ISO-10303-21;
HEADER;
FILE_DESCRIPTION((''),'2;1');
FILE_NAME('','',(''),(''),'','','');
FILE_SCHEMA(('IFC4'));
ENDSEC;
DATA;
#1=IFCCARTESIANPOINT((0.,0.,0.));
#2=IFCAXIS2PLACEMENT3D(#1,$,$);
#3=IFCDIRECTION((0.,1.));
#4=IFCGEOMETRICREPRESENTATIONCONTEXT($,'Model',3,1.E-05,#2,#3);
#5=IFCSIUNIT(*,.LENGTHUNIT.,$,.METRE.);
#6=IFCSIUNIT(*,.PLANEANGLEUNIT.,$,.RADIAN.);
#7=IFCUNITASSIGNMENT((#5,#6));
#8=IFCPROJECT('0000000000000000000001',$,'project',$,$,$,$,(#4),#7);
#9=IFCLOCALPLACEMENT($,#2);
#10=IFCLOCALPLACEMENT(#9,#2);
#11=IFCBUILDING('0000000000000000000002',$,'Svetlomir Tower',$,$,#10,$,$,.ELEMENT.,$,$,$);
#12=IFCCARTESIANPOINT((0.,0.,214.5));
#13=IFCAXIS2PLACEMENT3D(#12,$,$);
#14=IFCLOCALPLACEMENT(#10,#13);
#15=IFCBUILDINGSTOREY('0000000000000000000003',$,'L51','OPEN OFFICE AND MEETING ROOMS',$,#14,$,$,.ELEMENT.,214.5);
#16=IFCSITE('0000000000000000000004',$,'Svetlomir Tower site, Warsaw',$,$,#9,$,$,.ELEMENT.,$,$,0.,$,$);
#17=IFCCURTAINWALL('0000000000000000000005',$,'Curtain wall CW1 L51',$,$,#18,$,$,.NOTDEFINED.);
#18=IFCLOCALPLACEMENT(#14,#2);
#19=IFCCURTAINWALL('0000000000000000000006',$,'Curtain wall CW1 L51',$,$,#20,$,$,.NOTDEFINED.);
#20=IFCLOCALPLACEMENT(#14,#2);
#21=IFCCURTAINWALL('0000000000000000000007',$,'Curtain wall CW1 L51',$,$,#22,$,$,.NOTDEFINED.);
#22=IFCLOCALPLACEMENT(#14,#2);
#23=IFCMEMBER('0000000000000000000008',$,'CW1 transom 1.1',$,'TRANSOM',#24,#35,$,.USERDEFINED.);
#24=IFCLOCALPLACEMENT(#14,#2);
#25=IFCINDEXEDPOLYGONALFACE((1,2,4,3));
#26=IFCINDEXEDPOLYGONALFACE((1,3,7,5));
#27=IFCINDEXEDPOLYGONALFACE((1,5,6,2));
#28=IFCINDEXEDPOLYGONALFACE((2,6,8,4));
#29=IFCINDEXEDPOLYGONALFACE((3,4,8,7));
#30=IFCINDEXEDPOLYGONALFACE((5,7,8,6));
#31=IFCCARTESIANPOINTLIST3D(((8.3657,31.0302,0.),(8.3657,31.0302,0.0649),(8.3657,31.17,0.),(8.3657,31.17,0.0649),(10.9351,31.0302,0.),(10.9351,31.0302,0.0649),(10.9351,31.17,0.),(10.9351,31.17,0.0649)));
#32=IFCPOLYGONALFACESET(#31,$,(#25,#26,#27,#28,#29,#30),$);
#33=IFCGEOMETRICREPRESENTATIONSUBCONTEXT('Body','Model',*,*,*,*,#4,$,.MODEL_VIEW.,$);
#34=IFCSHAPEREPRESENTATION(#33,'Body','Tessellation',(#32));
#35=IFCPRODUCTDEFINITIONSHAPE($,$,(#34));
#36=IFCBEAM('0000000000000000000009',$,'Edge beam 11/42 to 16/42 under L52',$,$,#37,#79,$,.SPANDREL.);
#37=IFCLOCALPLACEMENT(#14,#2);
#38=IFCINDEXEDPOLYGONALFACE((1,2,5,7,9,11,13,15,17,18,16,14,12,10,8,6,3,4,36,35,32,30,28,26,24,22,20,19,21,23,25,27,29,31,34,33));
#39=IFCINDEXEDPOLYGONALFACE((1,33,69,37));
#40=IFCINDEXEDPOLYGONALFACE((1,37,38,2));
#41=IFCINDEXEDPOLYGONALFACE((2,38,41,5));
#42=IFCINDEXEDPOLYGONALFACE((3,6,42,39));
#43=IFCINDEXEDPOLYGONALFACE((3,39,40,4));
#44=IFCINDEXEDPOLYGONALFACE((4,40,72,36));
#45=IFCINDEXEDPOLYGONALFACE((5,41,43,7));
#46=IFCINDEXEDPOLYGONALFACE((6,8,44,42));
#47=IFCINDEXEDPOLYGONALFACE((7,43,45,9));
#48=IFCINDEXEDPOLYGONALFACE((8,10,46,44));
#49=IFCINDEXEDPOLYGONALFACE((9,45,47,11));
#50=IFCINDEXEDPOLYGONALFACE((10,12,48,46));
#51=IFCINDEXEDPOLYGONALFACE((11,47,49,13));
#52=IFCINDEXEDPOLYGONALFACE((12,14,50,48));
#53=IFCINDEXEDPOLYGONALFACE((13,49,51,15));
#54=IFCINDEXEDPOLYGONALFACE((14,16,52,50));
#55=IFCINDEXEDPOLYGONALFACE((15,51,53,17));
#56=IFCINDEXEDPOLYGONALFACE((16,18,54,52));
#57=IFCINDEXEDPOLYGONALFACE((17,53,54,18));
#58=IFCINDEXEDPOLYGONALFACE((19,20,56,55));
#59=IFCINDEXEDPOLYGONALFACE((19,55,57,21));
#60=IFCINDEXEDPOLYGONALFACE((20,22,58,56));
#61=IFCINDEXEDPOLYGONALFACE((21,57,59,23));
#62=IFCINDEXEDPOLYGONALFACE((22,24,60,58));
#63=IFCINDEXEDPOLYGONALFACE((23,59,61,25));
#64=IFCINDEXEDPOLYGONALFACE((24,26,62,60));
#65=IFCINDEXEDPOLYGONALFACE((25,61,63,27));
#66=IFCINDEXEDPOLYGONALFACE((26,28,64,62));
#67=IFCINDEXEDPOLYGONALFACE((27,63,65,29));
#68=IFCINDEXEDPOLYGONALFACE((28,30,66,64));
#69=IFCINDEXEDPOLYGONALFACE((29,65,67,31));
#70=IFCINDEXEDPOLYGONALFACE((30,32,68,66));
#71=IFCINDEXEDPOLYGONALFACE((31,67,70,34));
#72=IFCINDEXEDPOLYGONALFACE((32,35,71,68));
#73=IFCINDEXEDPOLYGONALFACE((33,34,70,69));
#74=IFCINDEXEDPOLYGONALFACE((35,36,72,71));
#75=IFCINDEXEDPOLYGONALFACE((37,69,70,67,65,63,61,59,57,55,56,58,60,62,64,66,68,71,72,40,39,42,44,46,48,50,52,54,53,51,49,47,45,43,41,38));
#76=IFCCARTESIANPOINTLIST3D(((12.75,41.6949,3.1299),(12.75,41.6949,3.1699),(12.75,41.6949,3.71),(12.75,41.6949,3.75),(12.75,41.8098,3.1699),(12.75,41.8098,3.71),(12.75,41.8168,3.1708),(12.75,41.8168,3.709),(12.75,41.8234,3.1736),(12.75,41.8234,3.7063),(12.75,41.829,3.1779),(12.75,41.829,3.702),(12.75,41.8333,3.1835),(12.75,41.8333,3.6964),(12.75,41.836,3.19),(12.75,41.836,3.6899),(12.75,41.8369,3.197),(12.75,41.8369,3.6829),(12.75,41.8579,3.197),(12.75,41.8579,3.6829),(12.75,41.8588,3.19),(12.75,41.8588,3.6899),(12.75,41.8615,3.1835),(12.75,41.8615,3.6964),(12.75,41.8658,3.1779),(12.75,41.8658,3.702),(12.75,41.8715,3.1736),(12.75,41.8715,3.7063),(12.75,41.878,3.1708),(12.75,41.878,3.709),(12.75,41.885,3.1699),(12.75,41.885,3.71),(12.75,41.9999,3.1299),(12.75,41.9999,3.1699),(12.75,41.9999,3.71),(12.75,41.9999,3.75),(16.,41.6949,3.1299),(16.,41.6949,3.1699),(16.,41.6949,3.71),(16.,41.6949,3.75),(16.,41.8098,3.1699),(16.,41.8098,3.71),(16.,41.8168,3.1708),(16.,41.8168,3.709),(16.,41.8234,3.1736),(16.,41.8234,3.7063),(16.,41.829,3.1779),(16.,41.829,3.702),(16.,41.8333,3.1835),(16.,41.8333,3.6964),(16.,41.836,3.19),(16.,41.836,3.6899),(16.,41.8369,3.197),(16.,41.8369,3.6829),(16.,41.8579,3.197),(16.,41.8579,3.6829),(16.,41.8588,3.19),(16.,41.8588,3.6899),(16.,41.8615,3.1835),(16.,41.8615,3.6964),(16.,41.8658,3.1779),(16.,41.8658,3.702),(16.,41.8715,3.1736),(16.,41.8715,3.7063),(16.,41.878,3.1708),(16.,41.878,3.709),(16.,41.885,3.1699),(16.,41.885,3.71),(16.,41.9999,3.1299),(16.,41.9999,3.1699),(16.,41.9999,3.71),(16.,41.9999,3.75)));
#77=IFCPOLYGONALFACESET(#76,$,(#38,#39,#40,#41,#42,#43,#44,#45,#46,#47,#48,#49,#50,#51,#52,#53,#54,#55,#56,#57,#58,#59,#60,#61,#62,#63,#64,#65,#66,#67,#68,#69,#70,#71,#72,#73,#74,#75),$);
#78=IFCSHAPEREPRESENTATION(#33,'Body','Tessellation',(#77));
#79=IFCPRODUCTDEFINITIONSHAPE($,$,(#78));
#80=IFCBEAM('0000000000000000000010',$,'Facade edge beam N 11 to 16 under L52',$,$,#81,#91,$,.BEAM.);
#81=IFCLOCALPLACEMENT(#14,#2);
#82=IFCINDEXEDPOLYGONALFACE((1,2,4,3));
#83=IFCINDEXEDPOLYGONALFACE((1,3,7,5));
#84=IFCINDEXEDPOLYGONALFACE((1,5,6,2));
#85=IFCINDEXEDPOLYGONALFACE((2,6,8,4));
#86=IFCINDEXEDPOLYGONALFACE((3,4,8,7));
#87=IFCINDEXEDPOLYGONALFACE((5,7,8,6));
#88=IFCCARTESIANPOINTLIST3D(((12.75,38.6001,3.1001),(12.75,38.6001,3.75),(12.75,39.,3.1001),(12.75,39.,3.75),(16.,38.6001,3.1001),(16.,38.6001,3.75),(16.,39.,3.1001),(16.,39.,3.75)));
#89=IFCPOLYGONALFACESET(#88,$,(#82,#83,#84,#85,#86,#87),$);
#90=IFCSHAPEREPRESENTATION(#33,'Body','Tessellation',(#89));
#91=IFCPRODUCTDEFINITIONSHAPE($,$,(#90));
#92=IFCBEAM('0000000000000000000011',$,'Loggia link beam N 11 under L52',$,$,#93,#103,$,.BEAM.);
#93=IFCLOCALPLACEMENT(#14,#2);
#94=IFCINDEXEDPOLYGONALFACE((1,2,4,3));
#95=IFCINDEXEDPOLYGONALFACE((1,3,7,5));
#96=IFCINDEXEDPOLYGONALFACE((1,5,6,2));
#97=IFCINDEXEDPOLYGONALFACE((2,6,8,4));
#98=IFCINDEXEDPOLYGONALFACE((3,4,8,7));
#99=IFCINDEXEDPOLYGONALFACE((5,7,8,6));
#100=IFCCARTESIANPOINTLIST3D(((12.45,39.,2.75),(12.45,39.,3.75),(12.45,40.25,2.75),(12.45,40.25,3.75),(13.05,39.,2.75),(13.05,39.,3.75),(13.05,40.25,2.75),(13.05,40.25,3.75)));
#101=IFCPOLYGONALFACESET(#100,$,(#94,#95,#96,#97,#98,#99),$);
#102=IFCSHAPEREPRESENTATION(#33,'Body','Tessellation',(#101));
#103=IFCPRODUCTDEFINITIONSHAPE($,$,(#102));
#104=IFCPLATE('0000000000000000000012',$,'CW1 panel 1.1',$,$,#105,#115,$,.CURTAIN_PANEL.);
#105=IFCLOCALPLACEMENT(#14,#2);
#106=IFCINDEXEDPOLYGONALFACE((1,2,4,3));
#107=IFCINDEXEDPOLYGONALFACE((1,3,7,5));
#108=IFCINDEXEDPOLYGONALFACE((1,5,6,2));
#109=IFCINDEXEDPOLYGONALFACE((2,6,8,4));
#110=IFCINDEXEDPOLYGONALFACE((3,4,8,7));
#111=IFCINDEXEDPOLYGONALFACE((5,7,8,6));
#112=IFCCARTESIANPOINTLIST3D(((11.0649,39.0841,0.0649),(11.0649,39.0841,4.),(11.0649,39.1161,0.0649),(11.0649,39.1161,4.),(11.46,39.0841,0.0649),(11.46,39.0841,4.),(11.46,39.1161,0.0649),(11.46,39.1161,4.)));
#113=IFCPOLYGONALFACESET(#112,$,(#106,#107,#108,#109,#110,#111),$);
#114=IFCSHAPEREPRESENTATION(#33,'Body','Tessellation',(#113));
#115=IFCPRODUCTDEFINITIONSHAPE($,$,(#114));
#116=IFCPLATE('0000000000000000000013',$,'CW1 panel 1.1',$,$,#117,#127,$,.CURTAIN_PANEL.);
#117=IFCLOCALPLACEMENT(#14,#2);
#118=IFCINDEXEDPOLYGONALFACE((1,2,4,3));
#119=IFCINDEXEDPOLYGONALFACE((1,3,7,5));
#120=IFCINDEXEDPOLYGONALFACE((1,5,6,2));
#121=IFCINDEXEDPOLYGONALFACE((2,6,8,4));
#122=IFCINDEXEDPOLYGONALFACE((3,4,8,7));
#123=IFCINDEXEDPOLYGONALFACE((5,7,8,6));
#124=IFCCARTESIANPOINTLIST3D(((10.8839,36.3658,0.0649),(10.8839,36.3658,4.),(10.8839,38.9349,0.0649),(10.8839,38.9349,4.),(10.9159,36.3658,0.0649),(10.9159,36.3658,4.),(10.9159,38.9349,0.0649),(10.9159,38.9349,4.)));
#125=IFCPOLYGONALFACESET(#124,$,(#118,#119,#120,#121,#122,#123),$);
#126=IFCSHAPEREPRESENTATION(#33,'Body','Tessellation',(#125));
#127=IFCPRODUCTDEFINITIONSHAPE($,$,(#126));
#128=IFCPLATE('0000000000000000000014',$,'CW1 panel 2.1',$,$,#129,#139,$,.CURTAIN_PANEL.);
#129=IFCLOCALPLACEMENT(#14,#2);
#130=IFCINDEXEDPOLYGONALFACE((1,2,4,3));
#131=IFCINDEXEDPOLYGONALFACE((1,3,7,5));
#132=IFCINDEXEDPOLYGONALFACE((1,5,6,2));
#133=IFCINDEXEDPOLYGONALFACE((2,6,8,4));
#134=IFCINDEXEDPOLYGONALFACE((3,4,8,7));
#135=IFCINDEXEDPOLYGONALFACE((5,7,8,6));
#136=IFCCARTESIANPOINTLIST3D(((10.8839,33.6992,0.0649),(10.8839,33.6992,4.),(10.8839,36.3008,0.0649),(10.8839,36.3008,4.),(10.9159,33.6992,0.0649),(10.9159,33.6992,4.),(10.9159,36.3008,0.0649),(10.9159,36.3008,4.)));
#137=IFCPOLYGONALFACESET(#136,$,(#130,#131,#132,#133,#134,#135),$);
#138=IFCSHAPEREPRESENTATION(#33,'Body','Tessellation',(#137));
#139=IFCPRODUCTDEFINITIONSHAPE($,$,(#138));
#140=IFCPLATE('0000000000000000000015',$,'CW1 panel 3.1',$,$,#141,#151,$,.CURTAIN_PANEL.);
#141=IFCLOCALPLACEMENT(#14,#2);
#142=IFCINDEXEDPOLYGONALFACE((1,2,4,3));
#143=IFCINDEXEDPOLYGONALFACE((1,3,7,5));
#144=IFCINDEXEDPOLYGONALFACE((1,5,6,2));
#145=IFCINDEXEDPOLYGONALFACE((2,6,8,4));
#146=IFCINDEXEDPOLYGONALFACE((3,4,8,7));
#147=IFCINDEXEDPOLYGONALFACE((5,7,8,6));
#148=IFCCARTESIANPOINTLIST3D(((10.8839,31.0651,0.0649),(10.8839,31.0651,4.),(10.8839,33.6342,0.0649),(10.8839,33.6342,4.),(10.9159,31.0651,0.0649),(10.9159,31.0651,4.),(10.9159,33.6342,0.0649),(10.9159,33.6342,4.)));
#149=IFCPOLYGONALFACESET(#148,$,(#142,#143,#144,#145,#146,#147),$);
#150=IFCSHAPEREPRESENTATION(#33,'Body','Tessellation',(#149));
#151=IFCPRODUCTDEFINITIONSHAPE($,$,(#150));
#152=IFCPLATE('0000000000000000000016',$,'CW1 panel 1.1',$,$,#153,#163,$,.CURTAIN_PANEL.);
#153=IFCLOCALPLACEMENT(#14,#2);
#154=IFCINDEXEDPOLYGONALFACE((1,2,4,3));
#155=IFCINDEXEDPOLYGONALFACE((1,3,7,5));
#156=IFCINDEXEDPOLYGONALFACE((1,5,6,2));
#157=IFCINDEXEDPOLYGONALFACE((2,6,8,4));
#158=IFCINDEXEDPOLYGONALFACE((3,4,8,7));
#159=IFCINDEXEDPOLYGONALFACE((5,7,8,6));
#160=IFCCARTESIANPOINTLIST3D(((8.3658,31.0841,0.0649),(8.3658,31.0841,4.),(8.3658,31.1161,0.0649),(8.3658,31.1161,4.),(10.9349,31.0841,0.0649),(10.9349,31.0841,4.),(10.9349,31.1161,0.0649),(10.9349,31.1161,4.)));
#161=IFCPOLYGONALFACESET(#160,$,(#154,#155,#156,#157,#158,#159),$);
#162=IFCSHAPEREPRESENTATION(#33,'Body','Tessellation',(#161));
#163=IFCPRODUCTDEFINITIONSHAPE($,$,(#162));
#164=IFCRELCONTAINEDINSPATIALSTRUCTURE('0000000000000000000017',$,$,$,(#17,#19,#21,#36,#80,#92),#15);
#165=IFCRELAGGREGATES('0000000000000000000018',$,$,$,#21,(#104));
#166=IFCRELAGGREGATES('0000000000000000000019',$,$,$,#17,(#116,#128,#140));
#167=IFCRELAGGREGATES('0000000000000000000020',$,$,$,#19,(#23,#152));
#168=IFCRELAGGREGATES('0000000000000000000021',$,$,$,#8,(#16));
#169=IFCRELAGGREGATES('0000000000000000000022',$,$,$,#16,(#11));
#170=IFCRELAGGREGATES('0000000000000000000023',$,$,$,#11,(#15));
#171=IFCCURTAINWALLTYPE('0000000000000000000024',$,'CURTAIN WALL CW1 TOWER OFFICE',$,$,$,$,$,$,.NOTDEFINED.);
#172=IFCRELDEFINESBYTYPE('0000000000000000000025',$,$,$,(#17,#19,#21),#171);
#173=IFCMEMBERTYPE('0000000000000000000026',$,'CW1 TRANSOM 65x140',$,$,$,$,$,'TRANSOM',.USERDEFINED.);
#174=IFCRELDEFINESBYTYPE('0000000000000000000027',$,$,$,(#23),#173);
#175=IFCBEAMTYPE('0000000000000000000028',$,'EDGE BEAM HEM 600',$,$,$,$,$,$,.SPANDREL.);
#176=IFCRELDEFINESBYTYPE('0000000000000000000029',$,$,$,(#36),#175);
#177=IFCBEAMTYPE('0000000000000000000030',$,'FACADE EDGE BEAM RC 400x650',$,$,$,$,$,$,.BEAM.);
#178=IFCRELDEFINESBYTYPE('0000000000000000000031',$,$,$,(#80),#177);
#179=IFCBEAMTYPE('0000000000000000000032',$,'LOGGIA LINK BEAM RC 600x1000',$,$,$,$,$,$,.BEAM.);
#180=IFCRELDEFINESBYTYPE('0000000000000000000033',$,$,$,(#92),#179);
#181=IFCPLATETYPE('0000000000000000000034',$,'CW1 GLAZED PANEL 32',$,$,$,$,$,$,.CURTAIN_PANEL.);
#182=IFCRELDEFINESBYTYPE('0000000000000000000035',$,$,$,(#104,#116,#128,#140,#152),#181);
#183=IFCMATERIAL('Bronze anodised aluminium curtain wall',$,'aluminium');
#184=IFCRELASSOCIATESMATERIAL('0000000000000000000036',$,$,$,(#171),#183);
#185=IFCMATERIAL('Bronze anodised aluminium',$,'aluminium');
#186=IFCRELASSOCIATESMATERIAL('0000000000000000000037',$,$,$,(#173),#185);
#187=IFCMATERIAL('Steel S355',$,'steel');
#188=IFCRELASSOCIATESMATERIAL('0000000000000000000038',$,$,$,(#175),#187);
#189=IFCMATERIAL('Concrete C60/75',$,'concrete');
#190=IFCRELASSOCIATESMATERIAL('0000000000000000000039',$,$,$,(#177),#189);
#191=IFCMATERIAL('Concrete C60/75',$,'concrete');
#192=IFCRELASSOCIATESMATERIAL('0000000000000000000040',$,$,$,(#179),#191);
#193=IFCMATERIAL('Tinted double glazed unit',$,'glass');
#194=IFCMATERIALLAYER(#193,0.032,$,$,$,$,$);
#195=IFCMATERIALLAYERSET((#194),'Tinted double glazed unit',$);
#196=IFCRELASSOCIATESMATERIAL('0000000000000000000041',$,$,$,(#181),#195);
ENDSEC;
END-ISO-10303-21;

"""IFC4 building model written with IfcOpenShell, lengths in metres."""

from ifc_helpers import new_model, si_unit, direction, frame, origin, origin_2d, place, context, subcontext, project, spatial, rectangle, i_section, extrude, material, layer, layer_set, material_profile, profile_set, type_object, element, aggregate, save


model = new_model("IFC4")

# Units and contexts
model_context = context("Model", 3, precision=1e-05, world=origin(), true_north=direction((0.0, 1.0)))
body_context = subcontext(model_context, "Body", "Model", "MODEL_VIEW")
ifc_project = project(units=[si_unit("LENGTHUNIT", "METRE"), si_unit("PLANEANGLEUNIT", "RADIAN")], contexts=[model_context])

# Site, building, storey
site_placement = place(None, origin())
site = spatial("IfcSite", under=ifc_project, at=site_placement, Name="Svetlomir Tower site, Warsaw", CompositionType="ELEMENT", RefElevation=0.0)
building_placement = place(site_placement, origin())
building = spatial("IfcBuilding", under=site, at=building_placement, Name="Svetlomir Tower", CompositionType="ELEMENT")
storey_placement = place(building_placement, frame((0.0, 0.0, 214.5)))
storey = spatial("IfcBuildingStorey", under=building, at=storey_placement, Name="L51", Description="OPEN OFFICE AND MEETING ROOMS", CompositionType="ELEMENT", Elevation=214.5)

# Curtain walls
ifc_material_1 = material(Name="Bronze anodised aluminium curtain wall", Category="aluminium")
curtain_wall_type = type_object("IfcCurtainWallType", Name="CURTAIN WALL CW1 TOWER OFFICE", PredefinedType="NOTDEFINED", material=ifc_material_1)
curtain_wall_1_placement = place(storey_placement, origin())
curtain_wall_1 = element("IfcCurtainWall", 1, at=curtain_wall_1_placement, inside=storey, type_object=curtain_wall_type, Name="Curtain wall CW1 L51", PredefinedType="NOTDEFINED")
curtain_wall_2_placement = place(storey_placement, origin())
curtain_wall_2 = element("IfcCurtainWall", 2, at=curtain_wall_2_placement, inside=storey, type_object=curtain_wall_type, Name="Curtain wall CW1 L51", PredefinedType="NOTDEFINED")

# Curtain wall
curtain_wall_3_placement = place(storey_placement, origin())
curtain_wall_3 = element("IfcCurtainWall", 3, at=curtain_wall_3_placement, inside=storey, type_object=curtain_wall_type, Name="Curtain wall CW1 L51", PredefinedType="NOTDEFINED")

# Member
ifc_material_2 = material(Name="Bronze anodised aluminium", Category="aluminium")
ifc_material_profile_1 = material_profile(ifc_material_2, rectangle(XDim=0.1399, YDim=0.0649, at=origin_2d()), Name="AL 140x65")
ifc_profile_set_1 = profile_set([ifc_material_profile_1], Name="Bronze anodised aluminium 6063-T6")
member_type_1 = type_object("IfcMemberType", Name="CW1 TRANSOM 65x140", ElementType="TRANSOM", PredefinedType="USERDEFINED", material=ifc_profile_set_1)
member_1_placement = place(storey_placement, frame((10.9351, 31.1001, 0.0325), z_axis=(-1.0, 0.0, 0.0), x_axis=(0.0, -1.0, 0.0)))
member_1 = element("IfcMember", 4, at=member_1_placement, type_object=member_type_1, Name="CW1 transom 1.1", ObjectType="TRANSOM", PredefinedType="USERDEFINED", context=body_context, shape_type="SweptSolid", body=[
    extrude(rectangle(XDim=0.1399, YDim=0.0649, at=origin_2d()), origin(), (0.0, 0.0, 1.0), 2.5693),
])

# Beams
ifc_material_3 = material(Name="Steel S355", Category="steel")
ifc_material_profile_2 = material_profile(ifc_material_3, i_section(OverallWidth=0.3049, OverallDepth=0.6201, WebThickness=0.021, FlangeThickness=0.04, FilletRadius=0.0271, at=origin_2d()), Name="HEM 600")
ifc_profile_set_2 = profile_set([ifc_material_profile_2], Name="Steel S355")
beam_type_1 = type_object("IfcBeamType", Name="EDGE BEAM HEM 600", PredefinedType="SPANDREL", material=ifc_profile_set_2)
beam_1_placement = place(storey_placement, frame((12.75, 41.8474, 3.4399), z_axis=(1.0, 0.0, 0.0), x_axis=(0.0, 1.0, 0.0)))
element("IfcBeam", 5, at=beam_1_placement, inside=storey, type_object=beam_type_1, Name="Edge beam 11/42 to 16/42 under L52", PredefinedType="SPANDREL", context=body_context, shape_type="SweptSolid", body=[
    extrude(i_section(OverallWidth=0.3049, OverallDepth=0.6201, WebThickness=0.021, FlangeThickness=0.04, FilletRadius=0.0271, at=origin_2d()), origin(), (0.0, 0.0, 1.0), 3.25),
])
ifc_material_4 = material(Name="Concrete C60/75", Category="concrete")
ifc_material_profile_3 = material_profile(ifc_material_4, rectangle(XDim=0.3999, YDim=0.6499, at=origin_2d()), Name="RC 400x650")
ifc_profile_set_3 = profile_set([ifc_material_profile_3], Name="Concrete C60/75")
beam_type_2 = type_object("IfcBeamType", Name="FACADE EDGE BEAM RC 400x650", PredefinedType="BEAM", material=ifc_profile_set_3)
beam_2_placement = place(storey_placement, frame((12.75, 38.8, 3.425), z_axis=(1.0, 0.0, 0.0), x_axis=(0.0, 1.0, 0.0)))
element("IfcBeam", 6, at=beam_2_placement, inside=storey, type_object=beam_type_2, Name="Facade edge beam N 11 to 16 under L52", PredefinedType="BEAM", context=body_context, shape_type="SweptSolid", body=[
    extrude(rectangle(XDim=0.3999, YDim=0.6499, at=origin_2d()), origin(), (0.0, 0.0, 1.0), 3.25),
])
ifc_material_5 = material(Name="Concrete C60/75", Category="concrete")
ifc_material_profile_4 = material_profile(ifc_material_5, rectangle(XDim=0.6001, YDim=1.0, at=origin_2d()), Name="RC 600x1000")
ifc_profile_set_4 = profile_set([ifc_material_profile_4], Name="Concrete C60/75")
beam_type_3 = type_object("IfcBeamType", Name="LOGGIA LINK BEAM RC 600x1000", PredefinedType="BEAM", material=ifc_profile_set_4)
beam_3_placement = place(storey_placement, frame((12.75, 40.25, 3.25), z_axis=(0.0, -1.0, 0.0), x_axis=(1.0, 0.0, 0.0)))
element("IfcBeam", 7, at=beam_3_placement, inside=storey, type_object=beam_type_3, Name="Loggia link beam N 11 under L52", PredefinedType="BEAM", context=body_context, shape_type="SweptSolid", body=[
    extrude(rectangle(XDim=0.6001, YDim=1.0, at=origin_2d()), origin(), (0.0, 0.0, 1.0), 1.25),
])

# Plates
ifc_material_6 = material(Name="Tinted double glazed unit", Category="glass")
ifc_layer_1 = layer(ifc_material_6, 0.032)
ifc_layer_set_1 = layer_set([ifc_layer_1], Name="Tinted double glazed unit")
plate_type = type_object("IfcPlateType", Name="CW1 GLAZED PANEL 32", PredefinedType="CURTAIN_PANEL", material=ifc_layer_set_1)
plate_1_placement = place(storey_placement, frame((11.2625, 39.1001, 0.0649), z_axis=(0.0, 0.0, 1.0), x_axis=(-1.0, 0.0, 0.0)))
plate_1 = element("IfcPlate", 8, at=plate_1_placement, type_object=plate_type, Name="CW1 panel 1.1", PredefinedType="CURTAIN_PANEL", context=body_context, shape_type="SweptSolid", body=[
    extrude(rectangle(XDim=0.395, YDim=0.032, at=origin_2d()), origin(), (0.0, 0.0, 1.0), 3.9351),
])
aggregate(curtain_wall_3, [plate_1])
plate_2_placement = place(storey_placement, frame((10.8999, 37.6504, 0.0649), z_axis=(0.0, 0.0, 1.0), x_axis=(0.0, -1.0, 0.0)))
plate_2 = element("IfcPlate", 9, at=plate_2_placement, type_object=plate_type, Name="CW1 panel 1.1", PredefinedType="CURTAIN_PANEL", context=body_context, shape_type="SweptSolid", body=[
    extrude(rectangle(XDim=2.5691, YDim=0.032, at=origin_2d()), origin(), (0.0, 0.0, 1.0), 3.9351),
])
plate_3_placement = place(storey_placement, frame((10.8999, 35.0, 0.0649), z_axis=(0.0, 0.0, 1.0), x_axis=(0.0, -1.0, 0.0)))
plate_3 = element("IfcPlate", 10, at=plate_3_placement, type_object=plate_type, Name="CW1 panel 2.1", PredefinedType="CURTAIN_PANEL", context=body_context, shape_type="SweptSolid", body=[
    extrude(rectangle(XDim=2.6016, YDim=0.032, at=origin_2d()), origin(), (0.0, 0.0, 1.0), 3.9351),
])
plate_4_placement = place(storey_placement, frame((10.8999, 32.3496, 0.0649), z_axis=(0.0, 0.0, 1.0), x_axis=(0.0, -1.0, 0.0)))
plate_4 = element("IfcPlate", 11, at=plate_4_placement, type_object=plate_type, Name="CW1 panel 3.1", PredefinedType="CURTAIN_PANEL", context=body_context, shape_type="SweptSolid", body=[
    extrude(rectangle(XDim=2.5691, YDim=0.032, at=origin_2d()), origin(), (0.0, 0.0, 1.0), 3.9351),
])
aggregate(curtain_wall_1, [plate_2, plate_3, plate_4])
plate_5_placement = place(storey_placement, frame((9.6504, 31.1001, 0.0649), z_axis=(0.0, 0.0, 1.0), x_axis=(-1.0, 0.0, 0.0)))
plate_5 = element("IfcPlate", 12, at=plate_5_placement, type_object=plate_type, Name="CW1 panel 1.1", PredefinedType="CURTAIN_PANEL", context=body_context, shape_type="SweptSolid", body=[
    extrude(rectangle(XDim=2.5691, YDim=0.032, at=origin_2d()), origin(), (0.0, 0.0, 1.0), 3.9351),
])
aggregate(curtain_wall_2, [member_1, plate_5])

save(model, "model.ifc")
